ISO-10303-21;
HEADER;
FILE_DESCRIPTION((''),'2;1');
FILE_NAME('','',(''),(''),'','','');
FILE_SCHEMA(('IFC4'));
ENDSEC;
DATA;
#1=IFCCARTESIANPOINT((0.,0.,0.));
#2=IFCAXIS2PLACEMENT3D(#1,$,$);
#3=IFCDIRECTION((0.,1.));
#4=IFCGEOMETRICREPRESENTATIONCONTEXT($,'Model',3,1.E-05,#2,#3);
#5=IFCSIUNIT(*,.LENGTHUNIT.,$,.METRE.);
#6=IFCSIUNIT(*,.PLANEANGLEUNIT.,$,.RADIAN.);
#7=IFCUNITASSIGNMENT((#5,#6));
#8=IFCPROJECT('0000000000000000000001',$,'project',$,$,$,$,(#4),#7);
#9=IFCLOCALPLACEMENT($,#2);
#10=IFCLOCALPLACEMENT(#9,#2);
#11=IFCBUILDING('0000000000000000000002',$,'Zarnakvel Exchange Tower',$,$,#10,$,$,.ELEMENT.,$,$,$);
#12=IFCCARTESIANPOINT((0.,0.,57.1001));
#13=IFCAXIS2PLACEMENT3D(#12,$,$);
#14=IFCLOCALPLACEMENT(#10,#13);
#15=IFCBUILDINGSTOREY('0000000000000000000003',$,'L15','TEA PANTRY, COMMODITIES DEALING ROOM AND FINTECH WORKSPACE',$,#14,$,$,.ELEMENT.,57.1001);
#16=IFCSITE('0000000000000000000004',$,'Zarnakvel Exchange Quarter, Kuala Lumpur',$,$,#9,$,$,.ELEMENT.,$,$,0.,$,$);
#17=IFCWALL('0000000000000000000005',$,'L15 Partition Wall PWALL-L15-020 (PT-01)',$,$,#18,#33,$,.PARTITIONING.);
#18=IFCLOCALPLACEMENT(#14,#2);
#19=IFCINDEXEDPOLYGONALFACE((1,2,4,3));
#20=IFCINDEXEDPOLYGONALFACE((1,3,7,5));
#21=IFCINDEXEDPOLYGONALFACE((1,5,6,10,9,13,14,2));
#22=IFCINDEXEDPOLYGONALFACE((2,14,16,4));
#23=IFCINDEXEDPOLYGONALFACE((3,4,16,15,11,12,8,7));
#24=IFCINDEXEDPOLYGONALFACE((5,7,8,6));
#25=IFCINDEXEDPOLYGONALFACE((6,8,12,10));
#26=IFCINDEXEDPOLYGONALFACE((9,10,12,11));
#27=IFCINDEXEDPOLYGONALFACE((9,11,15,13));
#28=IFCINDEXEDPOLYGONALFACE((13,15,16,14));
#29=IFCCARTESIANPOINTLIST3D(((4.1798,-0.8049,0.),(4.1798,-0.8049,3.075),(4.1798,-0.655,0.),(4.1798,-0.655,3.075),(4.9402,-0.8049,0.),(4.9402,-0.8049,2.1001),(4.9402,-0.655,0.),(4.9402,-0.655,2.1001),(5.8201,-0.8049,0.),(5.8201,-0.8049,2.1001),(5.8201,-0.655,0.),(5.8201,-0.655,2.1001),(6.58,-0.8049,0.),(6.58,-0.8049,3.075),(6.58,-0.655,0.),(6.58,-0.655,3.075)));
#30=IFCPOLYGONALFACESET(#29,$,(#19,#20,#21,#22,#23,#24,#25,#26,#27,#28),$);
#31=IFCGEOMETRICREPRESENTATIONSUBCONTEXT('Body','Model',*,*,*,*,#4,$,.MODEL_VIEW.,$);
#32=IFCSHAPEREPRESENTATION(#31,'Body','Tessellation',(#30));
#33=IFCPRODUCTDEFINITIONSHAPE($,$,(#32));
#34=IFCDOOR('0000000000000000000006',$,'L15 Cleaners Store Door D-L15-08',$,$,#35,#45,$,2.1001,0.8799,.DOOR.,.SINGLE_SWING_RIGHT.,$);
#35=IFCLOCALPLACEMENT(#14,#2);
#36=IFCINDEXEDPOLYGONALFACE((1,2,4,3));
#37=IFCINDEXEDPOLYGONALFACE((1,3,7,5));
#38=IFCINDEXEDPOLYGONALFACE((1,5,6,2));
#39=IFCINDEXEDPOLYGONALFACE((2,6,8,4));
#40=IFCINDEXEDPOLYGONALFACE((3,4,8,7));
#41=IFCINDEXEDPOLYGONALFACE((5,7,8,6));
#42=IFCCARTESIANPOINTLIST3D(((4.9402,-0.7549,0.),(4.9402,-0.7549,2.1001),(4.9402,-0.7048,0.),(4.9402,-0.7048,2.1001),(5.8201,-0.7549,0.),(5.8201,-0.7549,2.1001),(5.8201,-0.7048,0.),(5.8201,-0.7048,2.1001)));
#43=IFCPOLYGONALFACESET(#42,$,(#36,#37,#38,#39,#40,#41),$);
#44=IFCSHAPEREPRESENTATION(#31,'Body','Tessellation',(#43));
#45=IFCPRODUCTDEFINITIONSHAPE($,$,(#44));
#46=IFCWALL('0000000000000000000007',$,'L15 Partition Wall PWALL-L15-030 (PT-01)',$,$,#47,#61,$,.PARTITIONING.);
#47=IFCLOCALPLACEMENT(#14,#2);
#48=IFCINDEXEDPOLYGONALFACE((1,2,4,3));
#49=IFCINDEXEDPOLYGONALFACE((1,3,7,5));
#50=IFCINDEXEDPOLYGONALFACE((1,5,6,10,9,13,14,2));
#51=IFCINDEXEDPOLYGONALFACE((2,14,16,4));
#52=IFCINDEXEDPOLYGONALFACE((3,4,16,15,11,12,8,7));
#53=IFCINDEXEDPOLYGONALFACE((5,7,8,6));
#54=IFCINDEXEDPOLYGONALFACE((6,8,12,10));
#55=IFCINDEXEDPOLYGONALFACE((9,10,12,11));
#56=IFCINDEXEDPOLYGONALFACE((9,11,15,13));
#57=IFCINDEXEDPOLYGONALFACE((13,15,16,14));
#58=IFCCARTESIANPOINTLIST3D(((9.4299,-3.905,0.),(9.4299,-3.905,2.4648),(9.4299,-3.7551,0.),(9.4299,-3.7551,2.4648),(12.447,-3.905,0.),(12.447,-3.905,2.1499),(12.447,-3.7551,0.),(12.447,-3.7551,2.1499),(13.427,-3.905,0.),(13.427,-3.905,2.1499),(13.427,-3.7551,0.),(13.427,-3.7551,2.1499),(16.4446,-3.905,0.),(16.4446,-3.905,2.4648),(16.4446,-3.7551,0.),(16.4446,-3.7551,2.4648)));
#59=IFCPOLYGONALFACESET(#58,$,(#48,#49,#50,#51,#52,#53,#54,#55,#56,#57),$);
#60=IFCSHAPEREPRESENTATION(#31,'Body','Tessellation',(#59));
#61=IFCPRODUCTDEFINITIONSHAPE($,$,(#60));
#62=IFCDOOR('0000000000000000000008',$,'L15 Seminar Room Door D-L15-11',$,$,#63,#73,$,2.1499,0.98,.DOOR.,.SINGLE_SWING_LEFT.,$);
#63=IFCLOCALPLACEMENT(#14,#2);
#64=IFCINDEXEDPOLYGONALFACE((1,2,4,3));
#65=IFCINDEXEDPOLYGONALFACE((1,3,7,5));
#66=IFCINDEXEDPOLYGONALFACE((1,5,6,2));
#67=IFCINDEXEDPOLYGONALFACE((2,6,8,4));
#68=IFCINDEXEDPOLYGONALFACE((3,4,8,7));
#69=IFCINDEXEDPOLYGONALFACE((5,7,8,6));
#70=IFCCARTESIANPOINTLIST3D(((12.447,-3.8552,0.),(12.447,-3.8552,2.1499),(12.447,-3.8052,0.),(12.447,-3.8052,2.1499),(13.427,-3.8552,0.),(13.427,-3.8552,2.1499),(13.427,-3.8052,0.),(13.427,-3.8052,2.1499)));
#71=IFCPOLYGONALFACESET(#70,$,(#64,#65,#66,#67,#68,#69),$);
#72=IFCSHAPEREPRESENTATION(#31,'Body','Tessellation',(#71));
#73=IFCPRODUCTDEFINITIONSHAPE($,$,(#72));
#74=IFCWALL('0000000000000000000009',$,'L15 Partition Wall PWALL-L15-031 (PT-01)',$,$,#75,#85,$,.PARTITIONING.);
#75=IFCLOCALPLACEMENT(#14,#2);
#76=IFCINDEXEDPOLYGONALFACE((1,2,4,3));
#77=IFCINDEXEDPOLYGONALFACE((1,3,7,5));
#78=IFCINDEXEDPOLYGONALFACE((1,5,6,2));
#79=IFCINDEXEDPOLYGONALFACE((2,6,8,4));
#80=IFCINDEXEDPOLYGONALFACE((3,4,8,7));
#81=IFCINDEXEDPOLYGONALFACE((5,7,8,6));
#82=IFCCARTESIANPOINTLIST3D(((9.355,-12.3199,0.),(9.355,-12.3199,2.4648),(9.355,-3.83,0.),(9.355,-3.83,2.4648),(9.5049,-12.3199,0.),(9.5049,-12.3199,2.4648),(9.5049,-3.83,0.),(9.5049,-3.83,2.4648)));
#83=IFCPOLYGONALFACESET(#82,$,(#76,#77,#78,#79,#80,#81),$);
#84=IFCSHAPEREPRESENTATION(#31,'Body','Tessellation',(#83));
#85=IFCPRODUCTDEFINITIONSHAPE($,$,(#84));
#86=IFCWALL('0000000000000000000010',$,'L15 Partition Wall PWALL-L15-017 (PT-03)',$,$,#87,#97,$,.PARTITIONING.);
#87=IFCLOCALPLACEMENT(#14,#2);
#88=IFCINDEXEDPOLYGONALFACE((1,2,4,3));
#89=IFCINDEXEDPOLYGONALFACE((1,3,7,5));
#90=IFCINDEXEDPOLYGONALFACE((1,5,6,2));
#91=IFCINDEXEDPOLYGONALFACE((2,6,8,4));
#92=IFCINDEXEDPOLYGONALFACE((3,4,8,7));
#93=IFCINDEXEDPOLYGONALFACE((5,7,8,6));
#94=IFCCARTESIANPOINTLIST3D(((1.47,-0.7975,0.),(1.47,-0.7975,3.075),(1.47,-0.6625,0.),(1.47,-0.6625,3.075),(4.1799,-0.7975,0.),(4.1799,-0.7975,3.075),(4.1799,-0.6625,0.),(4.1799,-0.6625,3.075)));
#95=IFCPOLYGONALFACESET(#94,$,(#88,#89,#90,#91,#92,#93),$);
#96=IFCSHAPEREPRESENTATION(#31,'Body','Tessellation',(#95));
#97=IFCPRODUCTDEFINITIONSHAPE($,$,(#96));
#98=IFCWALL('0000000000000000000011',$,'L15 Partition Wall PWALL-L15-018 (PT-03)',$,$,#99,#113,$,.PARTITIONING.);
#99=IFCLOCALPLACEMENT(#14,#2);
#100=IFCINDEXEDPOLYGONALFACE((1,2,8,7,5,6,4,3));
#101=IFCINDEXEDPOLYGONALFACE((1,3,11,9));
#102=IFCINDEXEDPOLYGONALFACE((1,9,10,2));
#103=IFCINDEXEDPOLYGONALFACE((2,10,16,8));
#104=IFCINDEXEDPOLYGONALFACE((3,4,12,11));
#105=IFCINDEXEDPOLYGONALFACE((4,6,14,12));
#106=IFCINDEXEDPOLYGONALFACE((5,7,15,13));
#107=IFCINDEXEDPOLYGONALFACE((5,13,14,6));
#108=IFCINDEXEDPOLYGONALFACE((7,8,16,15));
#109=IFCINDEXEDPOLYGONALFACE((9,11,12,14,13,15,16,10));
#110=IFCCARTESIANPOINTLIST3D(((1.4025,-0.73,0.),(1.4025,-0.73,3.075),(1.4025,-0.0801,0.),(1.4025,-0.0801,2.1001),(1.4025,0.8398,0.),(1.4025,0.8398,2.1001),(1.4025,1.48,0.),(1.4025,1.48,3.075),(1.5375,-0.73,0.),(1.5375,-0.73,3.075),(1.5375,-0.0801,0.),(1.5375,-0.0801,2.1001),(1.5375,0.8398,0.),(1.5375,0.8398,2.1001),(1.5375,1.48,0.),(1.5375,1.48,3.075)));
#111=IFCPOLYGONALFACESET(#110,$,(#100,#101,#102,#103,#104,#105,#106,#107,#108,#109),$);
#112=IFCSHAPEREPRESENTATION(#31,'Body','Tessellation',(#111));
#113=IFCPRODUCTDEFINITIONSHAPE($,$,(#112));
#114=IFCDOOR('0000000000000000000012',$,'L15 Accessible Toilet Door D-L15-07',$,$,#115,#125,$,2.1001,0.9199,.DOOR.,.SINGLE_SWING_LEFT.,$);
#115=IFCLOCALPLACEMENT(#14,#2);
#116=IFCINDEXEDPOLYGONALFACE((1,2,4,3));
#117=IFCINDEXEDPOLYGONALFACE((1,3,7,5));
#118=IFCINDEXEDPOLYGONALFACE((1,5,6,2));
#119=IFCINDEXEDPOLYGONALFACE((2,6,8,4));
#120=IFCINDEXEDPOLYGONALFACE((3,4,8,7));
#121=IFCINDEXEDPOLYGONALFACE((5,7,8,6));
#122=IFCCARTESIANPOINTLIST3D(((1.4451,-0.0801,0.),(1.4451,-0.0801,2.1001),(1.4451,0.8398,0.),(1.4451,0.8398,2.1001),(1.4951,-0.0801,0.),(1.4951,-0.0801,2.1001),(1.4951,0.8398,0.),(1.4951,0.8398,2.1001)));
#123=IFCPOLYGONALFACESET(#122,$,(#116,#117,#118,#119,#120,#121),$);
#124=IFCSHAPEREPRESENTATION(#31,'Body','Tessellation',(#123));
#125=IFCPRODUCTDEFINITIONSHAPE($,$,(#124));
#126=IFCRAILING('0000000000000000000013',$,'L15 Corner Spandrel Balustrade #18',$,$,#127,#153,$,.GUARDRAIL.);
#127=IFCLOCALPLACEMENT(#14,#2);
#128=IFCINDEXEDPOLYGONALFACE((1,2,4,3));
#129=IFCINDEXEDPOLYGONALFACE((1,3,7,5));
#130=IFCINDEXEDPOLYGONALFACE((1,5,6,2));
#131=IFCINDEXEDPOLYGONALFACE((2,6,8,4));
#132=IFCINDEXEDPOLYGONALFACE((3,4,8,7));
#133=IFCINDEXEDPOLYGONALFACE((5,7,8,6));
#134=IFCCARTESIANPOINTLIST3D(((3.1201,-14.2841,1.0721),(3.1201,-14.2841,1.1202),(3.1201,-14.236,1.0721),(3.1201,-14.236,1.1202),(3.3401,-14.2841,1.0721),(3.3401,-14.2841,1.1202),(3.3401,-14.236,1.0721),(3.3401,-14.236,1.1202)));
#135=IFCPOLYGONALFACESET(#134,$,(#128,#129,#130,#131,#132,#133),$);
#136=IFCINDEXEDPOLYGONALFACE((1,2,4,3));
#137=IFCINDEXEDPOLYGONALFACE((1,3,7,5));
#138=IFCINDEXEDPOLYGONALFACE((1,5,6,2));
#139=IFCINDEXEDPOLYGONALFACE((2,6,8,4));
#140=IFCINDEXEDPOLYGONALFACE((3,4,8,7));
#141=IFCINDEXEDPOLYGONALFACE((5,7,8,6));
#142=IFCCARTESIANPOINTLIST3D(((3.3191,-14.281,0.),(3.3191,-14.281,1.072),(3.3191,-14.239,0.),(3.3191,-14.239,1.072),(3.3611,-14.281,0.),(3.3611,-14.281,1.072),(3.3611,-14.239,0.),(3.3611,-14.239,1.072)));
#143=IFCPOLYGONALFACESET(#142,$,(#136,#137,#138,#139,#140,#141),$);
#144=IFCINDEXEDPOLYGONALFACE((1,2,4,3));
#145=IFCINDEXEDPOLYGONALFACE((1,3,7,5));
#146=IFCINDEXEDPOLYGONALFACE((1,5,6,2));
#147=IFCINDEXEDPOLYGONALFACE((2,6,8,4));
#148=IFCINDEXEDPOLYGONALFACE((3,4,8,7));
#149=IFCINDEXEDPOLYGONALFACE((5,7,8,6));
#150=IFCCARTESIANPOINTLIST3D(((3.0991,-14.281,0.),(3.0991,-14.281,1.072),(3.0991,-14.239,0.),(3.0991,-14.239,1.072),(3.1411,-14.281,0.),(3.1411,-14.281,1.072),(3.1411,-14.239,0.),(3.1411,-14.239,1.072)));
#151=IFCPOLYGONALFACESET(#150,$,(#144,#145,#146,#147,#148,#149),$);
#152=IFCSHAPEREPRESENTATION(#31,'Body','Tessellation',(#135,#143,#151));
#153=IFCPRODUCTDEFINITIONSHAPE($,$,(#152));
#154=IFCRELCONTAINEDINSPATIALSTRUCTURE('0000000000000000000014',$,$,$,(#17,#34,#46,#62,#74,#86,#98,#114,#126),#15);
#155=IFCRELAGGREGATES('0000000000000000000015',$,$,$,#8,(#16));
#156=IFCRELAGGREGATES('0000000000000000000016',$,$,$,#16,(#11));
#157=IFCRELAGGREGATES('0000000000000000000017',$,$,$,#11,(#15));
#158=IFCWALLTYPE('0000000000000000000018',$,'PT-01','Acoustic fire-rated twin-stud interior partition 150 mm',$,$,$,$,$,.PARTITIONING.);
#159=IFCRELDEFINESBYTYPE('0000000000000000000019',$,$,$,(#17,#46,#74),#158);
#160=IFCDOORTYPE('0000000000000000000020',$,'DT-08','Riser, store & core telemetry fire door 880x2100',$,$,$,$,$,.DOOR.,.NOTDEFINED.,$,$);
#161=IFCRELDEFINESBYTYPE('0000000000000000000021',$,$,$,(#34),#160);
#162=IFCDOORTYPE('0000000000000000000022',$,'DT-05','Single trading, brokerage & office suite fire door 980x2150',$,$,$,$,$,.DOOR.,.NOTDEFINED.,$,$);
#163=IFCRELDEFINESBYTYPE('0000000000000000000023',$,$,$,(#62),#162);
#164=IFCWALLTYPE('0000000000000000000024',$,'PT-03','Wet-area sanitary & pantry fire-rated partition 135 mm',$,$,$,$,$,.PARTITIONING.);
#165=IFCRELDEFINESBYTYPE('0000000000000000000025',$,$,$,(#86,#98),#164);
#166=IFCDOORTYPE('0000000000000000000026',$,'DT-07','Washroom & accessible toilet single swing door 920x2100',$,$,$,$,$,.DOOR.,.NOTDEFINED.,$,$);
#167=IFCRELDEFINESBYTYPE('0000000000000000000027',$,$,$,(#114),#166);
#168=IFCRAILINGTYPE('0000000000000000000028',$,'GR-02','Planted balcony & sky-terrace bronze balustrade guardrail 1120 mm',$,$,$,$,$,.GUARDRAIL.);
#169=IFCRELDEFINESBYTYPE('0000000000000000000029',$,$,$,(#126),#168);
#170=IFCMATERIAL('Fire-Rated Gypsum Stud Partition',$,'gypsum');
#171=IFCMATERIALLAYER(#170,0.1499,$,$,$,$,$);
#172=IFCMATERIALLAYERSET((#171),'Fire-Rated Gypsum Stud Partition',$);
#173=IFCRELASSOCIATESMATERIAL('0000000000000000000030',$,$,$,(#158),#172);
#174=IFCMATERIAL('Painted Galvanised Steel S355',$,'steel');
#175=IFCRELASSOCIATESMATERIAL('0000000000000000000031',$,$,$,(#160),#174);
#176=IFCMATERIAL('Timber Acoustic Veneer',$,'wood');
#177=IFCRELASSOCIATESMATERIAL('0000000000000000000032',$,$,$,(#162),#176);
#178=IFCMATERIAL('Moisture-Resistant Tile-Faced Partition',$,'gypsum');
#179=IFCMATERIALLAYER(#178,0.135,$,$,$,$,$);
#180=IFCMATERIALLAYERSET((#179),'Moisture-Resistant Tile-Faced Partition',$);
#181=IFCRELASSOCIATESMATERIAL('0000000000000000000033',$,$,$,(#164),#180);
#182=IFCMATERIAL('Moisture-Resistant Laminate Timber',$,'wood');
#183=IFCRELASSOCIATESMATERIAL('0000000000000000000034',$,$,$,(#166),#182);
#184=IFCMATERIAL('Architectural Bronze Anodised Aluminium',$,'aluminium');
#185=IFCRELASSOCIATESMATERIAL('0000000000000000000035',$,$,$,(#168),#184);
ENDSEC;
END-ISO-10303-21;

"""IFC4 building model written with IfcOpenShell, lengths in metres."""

from ifc_helpers import new_model, si_unit, direction, frame, frame_2d, origin, origin_2d, place, context, subcontext, project, spatial, rectangle, extrude, source, transform, mapped, material, layer, layer_set, type_object, element, fill, save


model = new_model("IFC4")

# Units and contexts
model_context = context("Model", 3, precision=1e-05, world=origin(), true_north=direction((0.0, 1.0)))
body_context = subcontext(model_context, "Body", "Model", "MODEL_VIEW")
ifc_project = project(units=[si_unit("LENGTHUNIT", "METRE"), si_unit("PLANEANGLEUNIT", "RADIAN")], contexts=[model_context])

# Site, building, storey
site_placement = place(None, origin())
site = spatial("IfcSite", under=ifc_project, at=site_placement, Name="Zarnakvel Exchange Quarter, Kuala Lumpur", CompositionType="ELEMENT", RefElevation=0.0)
building_placement = place(site_placement, origin())
building = spatial("IfcBuilding", under=site, at=building_placement, Name="Zarnakvel Exchange Tower", CompositionType="ELEMENT")
storey_placement = place(building_placement, frame((0.0, 0.0, 57.1001)))
storey = spatial("IfcBuildingStorey", under=building, at=storey_placement, Name="L15", Description="TEA PANTRY, COMMODITIES DEALING ROOM AND FINTECH WORKSPACE", CompositionType="ELEMENT", Elevation=57.1001)

# Shared definitions
ifc_material_1 = material(Name="Architectural Bronze Anodised Aluminium", Category="aluminium")

# Shared definitions
ifc_material_2 = material(Name="Painted Galvanised Steel S355", Category="steel")

# Walls, openings, doors
ifc_material_3 = material(Name="Fire-Rated Gypsum Stud Partition", Category="gypsum")
ifc_layer_1 = layer(ifc_material_3, 0.1499)
ifc_layer_set_1 = layer_set([ifc_layer_1], Name="Fire-Rated Gypsum Stud Partition")
wall_type_1 = type_object("IfcWallType", Name="PT-01", Description="Acoustic fire-rated twin-stud interior partition 150 mm", PredefinedType="PARTITIONING", material=ifc_layer_set_1)
wall_1_placement = place(storey_placement, frame((6.5801, -0.73, 0.0), z_axis=(0.0, 0.0, 1.0), x_axis=(-1.0, 0.0, 0.0)))
wall_1 = element("IfcWall", 1, at=wall_1_placement, inside=storey, type_object=wall_type_1, Name="L15 Partition Wall PWALL-L15-020 (PT-01)", PredefinedType="PARTITIONING", context=body_context, shape_type="SweptSolid", body=[
    extrude(rectangle(XDim=2.4001, YDim=0.1499, at=frame_2d((1.2002, 0.0))), origin(), (0.0, 0.0, 1.0), 3.075),
])
opening_1_placement = place(wall_1_placement, frame((0.76, 0.0, 0.0)))
opening_1 = element("IfcOpeningElement", 2, at=opening_1_placement, cuts=wall_1, PredefinedType="OPENING", context=body_context, shape_type="SweptSolid", body=[
    extrude(rectangle(XDim=0.8799, YDim=2.1001, at=frame_2d((0.4399, 1.05))), frame((0.0, 0.085, 0.0), z_axis=(0.0, -1.0, 0.0), x_axis=(1.0, 0.0, 0.0)), (0.0, 0.0, 1.0), 0.1699),
])
door_type_1 = type_object("IfcDoorType", Name="DT-08", Description="Riser, store & core telemetry fire door 880x2100", OperationType="NOTDEFINED", PredefinedType="DOOR", material=ifc_material_2)
shared_shape_1 = source(origin(), body_context, "Body", "SweptSolid", [
    extrude(rectangle(XDim=0.8799, YDim=2.1001, at=frame_2d((0.4399, 1.05))), frame((0.0, 0.0249, 0.0), z_axis=(0.0, -1.0, 0.0), x_axis=(1.0, 0.0, 0.0)), (0.0, 0.0, 1.0), 0.05),
])
door_1_placement = place(opening_1_placement, origin())
door_1 = element("IfcDoor", 3, at=door_1_placement, inside=storey, type_object=door_type_1, Name="L15 Cleaners Store Door D-L15-08", OperationType="SINGLE_SWING_RIGHT", OverallHeight=2.1001, OverallWidth=0.8799, PredefinedType="DOOR", context=body_context, shape_type="MappedRepresentation", body=[
    mapped(shared_shape_1, transform((0.0, 0.0, 0.0), x_axis=(1.0, 0.0, 0.0), y_axis=(0.0, 1.0, 0.0), z_axis=(0.0, 0.0, 1.0), scale=1.0)),
])
fill(opening_1, door_1)
wall_2_placement = place(storey_placement, frame((9.4299, -3.8301, 0.0), z_axis=(0.0, 0.0, 1.0), x_axis=(1.0, 0.0, 0.0)))
wall_2 = element("IfcWall", 4, at=wall_2_placement, inside=storey, type_object=wall_type_1, Name="L15 Partition Wall PWALL-L15-030 (PT-01)", PredefinedType="PARTITIONING", context=body_context, shape_type="SweptSolid", body=[
    extrude(rectangle(XDim=7.0146, YDim=0.1499, at=frame_2d((3.5073, 0.0))), origin(), (0.0, 0.0, 1.0), 2.4648),
])
opening_2_placement = place(wall_2_placement, frame((3.0171, 0.0, 0.0)))
opening_2 = element("IfcOpeningElement", 5, at=opening_2_placement, cuts=wall_2, PredefinedType="OPENING", context=body_context, shape_type="SweptSolid", body=[
    extrude(rectangle(XDim=0.98, YDim=2.1499, at=frame_2d((0.49, 1.075))), frame((0.0, 0.085, 0.0), z_axis=(0.0, -1.0, 0.0), x_axis=(1.0, 0.0, 0.0)), (0.0, 0.0, 1.0), 0.1699),
])
ifc_material_4 = material(Name="Timber Acoustic Veneer", Category="wood")
door_type_2 = type_object("IfcDoorType", Name="DT-05", Description="Single trading, brokerage & office suite fire door 980x2150", OperationType="NOTDEFINED", PredefinedType="DOOR", material=ifc_material_4)
shared_shape_2 = source(origin(), body_context, "Body", "SweptSolid", [
    extrude(rectangle(XDim=0.98, YDim=2.1499, at=frame_2d((0.49, 1.075))), frame((0.0, 0.0249, 0.0), z_axis=(0.0, -1.0, 0.0), x_axis=(1.0, 0.0, 0.0)), (0.0, 0.0, 1.0), 0.05),
])
door_2_placement = place(opening_2_placement, origin())
door_2 = element("IfcDoor", 6, at=door_2_placement, inside=storey, type_object=door_type_2, Name="L15 Seminar Room Door D-L15-11", OperationType="SINGLE_SWING_LEFT", OverallHeight=2.1499, OverallWidth=0.98, PredefinedType="DOOR", context=body_context, shape_type="MappedRepresentation", body=[
    mapped(shared_shape_2, transform((0.0, 0.0, 0.0), x_axis=(1.0, 0.0, 0.0), y_axis=(0.0, 1.0, 0.0), z_axis=(0.0, 0.0, 1.0), scale=1.0)),
])
fill(opening_2, door_2)

# Walls
wall_3_placement = place(storey_placement, frame((9.4299, -12.3201, 0.0), z_axis=(0.0, 0.0, 1.0), x_axis=(0.0, 1.0, 0.0)))
element("IfcWall", 7, at=wall_3_placement, inside=storey, type_object=wall_type_1, Name="L15 Partition Wall PWALL-L15-031 (PT-01)", PredefinedType="PARTITIONING", context=body_context, shape_type="SweptSolid", body=[
    extrude(rectangle(XDim=8.49, YDim=0.1499, at=frame_2d((4.2451, 0.0))), origin(), (0.0, 0.0, 1.0), 2.4648),
])
ifc_material_5 = material(Name="Moisture-Resistant Tile-Faced Partition", Category="gypsum")
ifc_layer_2 = layer(ifc_material_5, 0.135)
ifc_layer_set_2 = layer_set([ifc_layer_2], Name="Moisture-Resistant Tile-Faced Partition")
wall_type_2 = type_object("IfcWallType", Name="PT-03", Description="Wet-area sanitary & pantry fire-rated partition 135 mm", PredefinedType="PARTITIONING", material=ifc_layer_set_2)
wall_4_placement = place(storey_placement, frame((4.1799, -0.73, 0.0), z_axis=(0.0, 0.0, 1.0), x_axis=(-1.0, 0.0, 0.0)))
element("IfcWall", 8, at=wall_4_placement, inside=storey, type_object=wall_type_2, Name="L15 Partition Wall PWALL-L15-017 (PT-03)", PredefinedType="PARTITIONING", context=body_context, shape_type="SweptSolid", body=[
    extrude(rectangle(XDim=2.71, YDim=0.135, at=frame_2d((1.355, 0.0))), origin(), (0.0, 0.0, 1.0), 3.075),
])

# Wall, opening, door
wall_5_placement = place(storey_placement, frame((1.47, -0.73, 0.0), z_axis=(0.0, 0.0, 1.0), x_axis=(0.0, 1.0, 0.0)))
wall_5 = element("IfcWall", 9, at=wall_5_placement, inside=storey, type_object=wall_type_2, Name="L15 Partition Wall PWALL-L15-018 (PT-03)", PredefinedType="PARTITIONING", context=body_context, shape_type="SweptSolid", body=[
    extrude(rectangle(XDim=2.21, YDim=0.135, at=frame_2d((1.105, 0.0))), origin(), (0.0, 0.0, 1.0), 3.075),
])
opening_3_placement = place(wall_5_placement, frame((0.6499, 0.0, 0.0)))
opening_3 = element("IfcOpeningElement", 10, at=opening_3_placement, cuts=wall_5, PredefinedType="OPENING", context=body_context, shape_type="SweptSolid", body=[
    extrude(rectangle(XDim=0.9199, YDim=2.1001, at=frame_2d((0.46, 1.05))), frame((0.0, 0.0774, 0.0), z_axis=(0.0, -1.0, 0.0), x_axis=(1.0, 0.0, 0.0)), (0.0, 0.0, 1.0), 0.155),
])
ifc_material_6 = material(Name="Moisture-Resistant Laminate Timber", Category="wood")
door_type_3 = type_object("IfcDoorType", Name="DT-07", Description="Washroom & accessible toilet single swing door 920x2100", OperationType="NOTDEFINED", PredefinedType="DOOR", material=ifc_material_6)
shared_shape_3 = source(origin(), body_context, "Body", "SweptSolid", [
    extrude(rectangle(XDim=0.9199, YDim=2.1001, at=frame_2d((0.46, 1.05))), frame((0.0, 0.0249, 0.0), z_axis=(0.0, -1.0, 0.0), x_axis=(1.0, 0.0, 0.0)), (0.0, 0.0, 1.0), 0.05),
])
door_3_placement = place(opening_3_placement, origin())
door_3 = element("IfcDoor", 11, at=door_3_placement, inside=storey, type_object=door_type_3, Name="L15 Accessible Toilet Door D-L15-07", OperationType="SINGLE_SWING_LEFT", OverallHeight=2.1001, OverallWidth=0.9199, PredefinedType="DOOR", context=body_context, shape_type="MappedRepresentation", body=[
    mapped(shared_shape_3, transform((0.0, 0.0, 0.0), x_axis=(1.0, 0.0, 0.0), y_axis=(0.0, 1.0, 0.0), z_axis=(0.0, 0.0, 1.0), scale=1.0)),
])
fill(opening_3, door_3)

# Railing
railing_type = type_object("IfcRailingType", Name="GR-02", Description="Planted balcony & sky-terrace bronze balustrade guardrail 1120 mm", PredefinedType="GUARDRAIL", material=ifc_material_1)
railing_placement = place(storey_placement, frame((3.3401, -14.26, 0.0)))
element("IfcRailing", 12, at=railing_placement, inside=storey, type_object=railing_type, Name="L15 Corner Spandrel Balustrade #18", PredefinedType="GUARDRAIL", context=body_context, shape_type="SweptSolid", body=[
    extrude(rectangle(XDim=0.0481, YDim=0.0481, at=origin_2d()), frame((0.0, 0.0, 1.0962), z_axis=(-1.0, 0.0, 0.0), x_axis=(0.0, -1.0, 0.0)), (0.0, 0.0, 1.0), 0.22),
    extrude(rectangle(XDim=0.042, YDim=0.042, at=origin_2d()), origin(), (0.0, 0.0, 1.0), 1.072),
    extrude(rectangle(XDim=0.042, YDim=0.042, at=origin_2d()), frame((-0.22, 0.0, 0.0)), (0.0, 0.0, 1.0), 1.072),
])

save(model, "model.ifc")
